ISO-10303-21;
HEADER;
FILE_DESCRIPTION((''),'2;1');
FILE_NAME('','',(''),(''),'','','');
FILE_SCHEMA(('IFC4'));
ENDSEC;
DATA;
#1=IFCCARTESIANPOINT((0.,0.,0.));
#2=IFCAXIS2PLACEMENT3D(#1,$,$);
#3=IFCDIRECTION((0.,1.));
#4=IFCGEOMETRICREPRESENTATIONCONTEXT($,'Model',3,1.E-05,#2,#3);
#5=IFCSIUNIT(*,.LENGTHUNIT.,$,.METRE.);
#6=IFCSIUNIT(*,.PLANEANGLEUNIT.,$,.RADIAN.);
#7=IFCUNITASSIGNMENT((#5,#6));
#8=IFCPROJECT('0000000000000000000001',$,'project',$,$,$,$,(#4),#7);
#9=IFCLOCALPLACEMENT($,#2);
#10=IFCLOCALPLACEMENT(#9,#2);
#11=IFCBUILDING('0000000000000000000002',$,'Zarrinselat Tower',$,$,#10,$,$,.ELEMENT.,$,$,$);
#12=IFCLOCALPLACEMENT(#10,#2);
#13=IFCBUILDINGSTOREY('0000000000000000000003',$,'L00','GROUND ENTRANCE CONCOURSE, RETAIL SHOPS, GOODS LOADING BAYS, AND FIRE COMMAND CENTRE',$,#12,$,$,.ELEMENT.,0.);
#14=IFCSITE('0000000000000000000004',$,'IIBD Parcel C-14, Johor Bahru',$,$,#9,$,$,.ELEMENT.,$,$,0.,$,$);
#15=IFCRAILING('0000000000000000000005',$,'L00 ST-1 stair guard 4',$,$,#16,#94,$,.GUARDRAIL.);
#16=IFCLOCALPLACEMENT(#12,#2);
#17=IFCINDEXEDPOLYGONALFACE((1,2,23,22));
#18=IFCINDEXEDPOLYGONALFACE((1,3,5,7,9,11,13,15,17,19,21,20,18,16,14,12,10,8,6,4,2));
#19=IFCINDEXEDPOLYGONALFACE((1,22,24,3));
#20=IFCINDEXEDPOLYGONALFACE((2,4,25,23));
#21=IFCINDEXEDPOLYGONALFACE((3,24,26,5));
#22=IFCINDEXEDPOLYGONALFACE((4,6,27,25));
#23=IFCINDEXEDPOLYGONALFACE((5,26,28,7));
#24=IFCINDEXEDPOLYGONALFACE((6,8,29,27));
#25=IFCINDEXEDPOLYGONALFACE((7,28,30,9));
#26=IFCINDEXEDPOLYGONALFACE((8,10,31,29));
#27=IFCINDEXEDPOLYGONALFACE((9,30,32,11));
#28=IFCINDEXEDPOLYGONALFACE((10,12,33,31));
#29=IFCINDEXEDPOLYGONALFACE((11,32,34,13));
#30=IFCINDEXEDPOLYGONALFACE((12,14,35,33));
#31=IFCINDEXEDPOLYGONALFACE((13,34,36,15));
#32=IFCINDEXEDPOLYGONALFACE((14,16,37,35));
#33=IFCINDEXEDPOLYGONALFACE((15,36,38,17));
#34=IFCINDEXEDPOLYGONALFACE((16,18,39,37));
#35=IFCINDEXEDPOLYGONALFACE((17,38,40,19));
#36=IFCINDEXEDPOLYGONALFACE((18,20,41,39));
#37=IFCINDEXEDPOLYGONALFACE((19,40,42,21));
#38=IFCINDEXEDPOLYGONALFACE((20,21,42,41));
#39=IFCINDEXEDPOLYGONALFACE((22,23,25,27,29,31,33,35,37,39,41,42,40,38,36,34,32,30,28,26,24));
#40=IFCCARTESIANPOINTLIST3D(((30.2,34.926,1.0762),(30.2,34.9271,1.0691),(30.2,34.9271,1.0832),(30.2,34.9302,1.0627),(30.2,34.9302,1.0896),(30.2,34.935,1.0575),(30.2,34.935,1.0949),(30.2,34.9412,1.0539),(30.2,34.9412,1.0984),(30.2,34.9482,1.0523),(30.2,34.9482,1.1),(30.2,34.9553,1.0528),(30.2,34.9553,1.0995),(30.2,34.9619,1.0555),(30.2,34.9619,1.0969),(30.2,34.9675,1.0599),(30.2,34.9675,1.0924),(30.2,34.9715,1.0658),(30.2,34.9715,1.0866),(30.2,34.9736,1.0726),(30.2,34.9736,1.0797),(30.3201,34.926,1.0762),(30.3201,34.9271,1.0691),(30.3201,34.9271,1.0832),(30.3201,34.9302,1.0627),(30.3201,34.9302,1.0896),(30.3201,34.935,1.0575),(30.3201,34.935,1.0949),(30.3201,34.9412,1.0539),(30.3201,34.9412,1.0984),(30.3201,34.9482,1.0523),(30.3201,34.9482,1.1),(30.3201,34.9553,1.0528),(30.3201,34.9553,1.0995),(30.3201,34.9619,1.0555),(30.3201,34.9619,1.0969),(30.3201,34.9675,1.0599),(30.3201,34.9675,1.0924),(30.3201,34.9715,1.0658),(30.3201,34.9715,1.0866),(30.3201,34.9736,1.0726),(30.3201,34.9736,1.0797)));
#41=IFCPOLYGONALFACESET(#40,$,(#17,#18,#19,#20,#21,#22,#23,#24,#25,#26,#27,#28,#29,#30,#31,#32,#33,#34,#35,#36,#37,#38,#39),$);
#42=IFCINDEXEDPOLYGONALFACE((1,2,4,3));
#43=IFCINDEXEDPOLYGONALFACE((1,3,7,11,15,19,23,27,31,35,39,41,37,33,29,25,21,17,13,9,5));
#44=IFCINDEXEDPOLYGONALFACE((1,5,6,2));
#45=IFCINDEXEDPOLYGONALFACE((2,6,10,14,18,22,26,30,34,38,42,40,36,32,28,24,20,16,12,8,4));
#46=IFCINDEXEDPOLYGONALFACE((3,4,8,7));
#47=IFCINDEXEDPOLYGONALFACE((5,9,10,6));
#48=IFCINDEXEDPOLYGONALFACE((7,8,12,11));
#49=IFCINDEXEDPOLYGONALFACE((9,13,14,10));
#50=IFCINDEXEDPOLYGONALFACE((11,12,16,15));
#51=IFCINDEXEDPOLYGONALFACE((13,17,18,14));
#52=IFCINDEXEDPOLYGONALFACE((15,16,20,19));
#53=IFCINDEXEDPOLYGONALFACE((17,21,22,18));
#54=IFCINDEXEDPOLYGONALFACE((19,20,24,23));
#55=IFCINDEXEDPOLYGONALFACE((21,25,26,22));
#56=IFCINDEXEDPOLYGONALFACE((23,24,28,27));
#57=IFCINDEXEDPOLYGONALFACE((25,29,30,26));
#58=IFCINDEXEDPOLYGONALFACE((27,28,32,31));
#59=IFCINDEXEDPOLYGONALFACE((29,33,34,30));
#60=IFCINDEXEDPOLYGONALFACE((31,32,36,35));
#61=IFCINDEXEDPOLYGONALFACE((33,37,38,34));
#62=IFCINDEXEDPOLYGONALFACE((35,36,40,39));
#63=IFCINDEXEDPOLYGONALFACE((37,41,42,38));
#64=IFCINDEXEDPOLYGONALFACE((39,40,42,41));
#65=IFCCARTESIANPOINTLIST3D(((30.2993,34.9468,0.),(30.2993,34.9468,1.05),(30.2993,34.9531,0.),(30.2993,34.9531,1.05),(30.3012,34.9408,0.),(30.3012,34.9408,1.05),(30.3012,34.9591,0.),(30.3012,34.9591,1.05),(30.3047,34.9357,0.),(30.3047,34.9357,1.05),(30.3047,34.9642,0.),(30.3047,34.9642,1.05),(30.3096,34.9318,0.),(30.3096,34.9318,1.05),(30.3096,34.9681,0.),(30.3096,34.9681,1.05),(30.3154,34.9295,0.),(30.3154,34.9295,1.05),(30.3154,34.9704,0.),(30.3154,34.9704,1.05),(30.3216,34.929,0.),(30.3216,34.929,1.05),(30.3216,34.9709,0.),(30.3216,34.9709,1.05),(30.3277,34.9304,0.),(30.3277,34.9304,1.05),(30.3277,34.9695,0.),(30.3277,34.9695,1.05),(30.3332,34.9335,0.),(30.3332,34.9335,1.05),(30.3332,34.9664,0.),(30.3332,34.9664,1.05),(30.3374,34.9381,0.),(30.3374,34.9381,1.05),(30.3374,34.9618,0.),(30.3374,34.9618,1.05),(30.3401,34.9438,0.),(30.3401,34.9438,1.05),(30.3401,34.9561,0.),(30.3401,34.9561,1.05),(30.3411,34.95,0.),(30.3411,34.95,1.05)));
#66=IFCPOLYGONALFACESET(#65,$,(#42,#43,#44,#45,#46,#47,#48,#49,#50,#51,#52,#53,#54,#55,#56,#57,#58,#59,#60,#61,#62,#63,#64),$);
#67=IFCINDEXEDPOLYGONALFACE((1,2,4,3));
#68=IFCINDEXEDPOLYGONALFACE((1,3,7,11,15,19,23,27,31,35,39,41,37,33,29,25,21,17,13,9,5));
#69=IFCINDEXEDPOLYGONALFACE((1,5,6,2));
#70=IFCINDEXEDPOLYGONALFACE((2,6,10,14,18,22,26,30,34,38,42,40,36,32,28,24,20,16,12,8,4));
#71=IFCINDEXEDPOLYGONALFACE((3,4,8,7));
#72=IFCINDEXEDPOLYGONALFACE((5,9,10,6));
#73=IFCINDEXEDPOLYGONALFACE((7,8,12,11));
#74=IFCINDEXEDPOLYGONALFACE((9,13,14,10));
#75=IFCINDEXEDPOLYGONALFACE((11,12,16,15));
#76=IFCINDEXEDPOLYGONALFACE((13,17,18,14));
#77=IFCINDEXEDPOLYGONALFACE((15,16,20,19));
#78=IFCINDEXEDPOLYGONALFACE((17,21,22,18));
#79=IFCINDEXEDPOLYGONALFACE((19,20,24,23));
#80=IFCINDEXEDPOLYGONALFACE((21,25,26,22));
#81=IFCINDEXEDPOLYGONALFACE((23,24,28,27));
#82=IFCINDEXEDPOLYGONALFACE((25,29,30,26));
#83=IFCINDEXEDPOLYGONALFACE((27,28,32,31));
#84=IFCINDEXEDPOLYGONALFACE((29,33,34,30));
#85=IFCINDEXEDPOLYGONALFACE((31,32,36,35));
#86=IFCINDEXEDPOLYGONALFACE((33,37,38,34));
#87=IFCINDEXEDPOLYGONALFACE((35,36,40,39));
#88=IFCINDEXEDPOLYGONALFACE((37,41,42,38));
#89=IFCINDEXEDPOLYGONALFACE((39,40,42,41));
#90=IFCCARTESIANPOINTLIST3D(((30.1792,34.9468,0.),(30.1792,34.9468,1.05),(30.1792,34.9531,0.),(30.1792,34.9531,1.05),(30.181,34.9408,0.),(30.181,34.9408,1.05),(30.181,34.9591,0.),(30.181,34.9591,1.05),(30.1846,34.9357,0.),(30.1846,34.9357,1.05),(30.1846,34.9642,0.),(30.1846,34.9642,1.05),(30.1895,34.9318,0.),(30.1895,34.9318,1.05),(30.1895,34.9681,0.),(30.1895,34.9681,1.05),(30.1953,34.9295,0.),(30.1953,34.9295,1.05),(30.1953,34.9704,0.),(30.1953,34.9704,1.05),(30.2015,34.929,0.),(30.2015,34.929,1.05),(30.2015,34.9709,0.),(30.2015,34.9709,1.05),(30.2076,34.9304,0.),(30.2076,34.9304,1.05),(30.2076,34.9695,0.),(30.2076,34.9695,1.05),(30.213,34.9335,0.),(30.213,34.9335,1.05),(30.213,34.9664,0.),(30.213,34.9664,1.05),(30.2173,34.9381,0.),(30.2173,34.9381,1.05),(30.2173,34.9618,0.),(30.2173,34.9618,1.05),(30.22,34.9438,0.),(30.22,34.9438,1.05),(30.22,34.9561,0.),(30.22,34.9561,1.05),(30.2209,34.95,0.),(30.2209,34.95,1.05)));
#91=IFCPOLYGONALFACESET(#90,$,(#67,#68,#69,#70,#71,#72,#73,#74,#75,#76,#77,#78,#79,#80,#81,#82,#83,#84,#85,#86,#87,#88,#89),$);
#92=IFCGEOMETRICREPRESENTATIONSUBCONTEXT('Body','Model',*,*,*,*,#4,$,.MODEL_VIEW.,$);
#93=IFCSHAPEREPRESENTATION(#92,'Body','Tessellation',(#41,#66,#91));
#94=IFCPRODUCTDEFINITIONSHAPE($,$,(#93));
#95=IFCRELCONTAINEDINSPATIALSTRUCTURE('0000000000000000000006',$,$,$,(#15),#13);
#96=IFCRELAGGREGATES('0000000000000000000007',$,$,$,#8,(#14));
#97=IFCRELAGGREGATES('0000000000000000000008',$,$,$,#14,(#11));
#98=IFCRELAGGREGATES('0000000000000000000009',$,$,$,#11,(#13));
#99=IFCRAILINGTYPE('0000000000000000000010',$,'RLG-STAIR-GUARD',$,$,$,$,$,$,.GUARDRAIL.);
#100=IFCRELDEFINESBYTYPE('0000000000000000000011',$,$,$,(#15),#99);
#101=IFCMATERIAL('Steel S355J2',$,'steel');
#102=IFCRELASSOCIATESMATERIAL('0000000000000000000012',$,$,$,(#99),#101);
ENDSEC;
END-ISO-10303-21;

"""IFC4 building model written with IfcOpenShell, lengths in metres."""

from ifc_helpers import new_model, si_unit, direction, frame, origin, origin_2d, place, context, subcontext, project, spatial, circle, extrude, material, type_object, element, save


model = new_model("IFC4")

# Units and contexts
model_context = context("Model", 3, precision=1e-05, world=origin(), true_north=direction((0.0, 1.0)))
body_context = subcontext(model_context, "Body", "Model", "MODEL_VIEW")
ifc_project = project(units=[si_unit("LENGTHUNIT", "METRE"), si_unit("PLANEANGLEUNIT", "RADIAN")], contexts=[model_context])

# Site, building, storey
site_placement = place(None, origin())
site = spatial("IfcSite", under=ifc_project, at=site_placement, Name="IIBD Parcel C-14, Johor Bahru", CompositionType="ELEMENT", RefElevation=0.0)
building_placement = place(site_placement, origin())
building = spatial("IfcBuilding", under=site, at=building_placement, Name="Zarrinselat Tower", CompositionType="ELEMENT")
storey_placement = place(building_placement, origin())
storey = spatial("IfcBuildingStorey", under=building, at=storey_placement, Name="L00", Description="GROUND ENTRANCE CONCOURSE, RETAIL SHOPS, GOODS LOADING BAYS, AND FIRE COMMAND CENTRE", CompositionType="ELEMENT", Elevation=0.0)

# Railing
ifc_material_1 = material(Name="Steel S355J2", Category="steel")
railing_type_1 = type_object("IfcRailingType", Name="RLG-STAIR-GUARD", PredefinedType="GUARDRAIL", material=ifc_material_1)
railing_1_placement = place(storey_placement, frame((30.3201, 34.95, 0.0)))
element("IfcRailing", 1, at=railing_1_placement, inside=storey, type_object=railing_type_1, Name="L00 ST-1 stair guard 4", PredefinedType="GUARDRAIL", context=body_context, shape_type="SweptSolid", body=[
    extrude(circle(Radius=0.0239, at=origin_2d()), frame((0.0, 0.0, 1.0762), z_axis=(-1.0, 0.0, 0.0), x_axis=(0.0, -1.0, 0.0)), (0.0, 0.0, 1.0), 0.1201),
    extrude(circle(Radius=0.021, at=origin_2d()), origin(), (0.0, 0.0, 1.0), 1.05),
    extrude(circle(Radius=0.021, at=origin_2d()), frame((-0.1201, 0.0, 0.0)), (0.0, 0.0, 1.0), 1.05),
])

save(model, "model.ifc")
